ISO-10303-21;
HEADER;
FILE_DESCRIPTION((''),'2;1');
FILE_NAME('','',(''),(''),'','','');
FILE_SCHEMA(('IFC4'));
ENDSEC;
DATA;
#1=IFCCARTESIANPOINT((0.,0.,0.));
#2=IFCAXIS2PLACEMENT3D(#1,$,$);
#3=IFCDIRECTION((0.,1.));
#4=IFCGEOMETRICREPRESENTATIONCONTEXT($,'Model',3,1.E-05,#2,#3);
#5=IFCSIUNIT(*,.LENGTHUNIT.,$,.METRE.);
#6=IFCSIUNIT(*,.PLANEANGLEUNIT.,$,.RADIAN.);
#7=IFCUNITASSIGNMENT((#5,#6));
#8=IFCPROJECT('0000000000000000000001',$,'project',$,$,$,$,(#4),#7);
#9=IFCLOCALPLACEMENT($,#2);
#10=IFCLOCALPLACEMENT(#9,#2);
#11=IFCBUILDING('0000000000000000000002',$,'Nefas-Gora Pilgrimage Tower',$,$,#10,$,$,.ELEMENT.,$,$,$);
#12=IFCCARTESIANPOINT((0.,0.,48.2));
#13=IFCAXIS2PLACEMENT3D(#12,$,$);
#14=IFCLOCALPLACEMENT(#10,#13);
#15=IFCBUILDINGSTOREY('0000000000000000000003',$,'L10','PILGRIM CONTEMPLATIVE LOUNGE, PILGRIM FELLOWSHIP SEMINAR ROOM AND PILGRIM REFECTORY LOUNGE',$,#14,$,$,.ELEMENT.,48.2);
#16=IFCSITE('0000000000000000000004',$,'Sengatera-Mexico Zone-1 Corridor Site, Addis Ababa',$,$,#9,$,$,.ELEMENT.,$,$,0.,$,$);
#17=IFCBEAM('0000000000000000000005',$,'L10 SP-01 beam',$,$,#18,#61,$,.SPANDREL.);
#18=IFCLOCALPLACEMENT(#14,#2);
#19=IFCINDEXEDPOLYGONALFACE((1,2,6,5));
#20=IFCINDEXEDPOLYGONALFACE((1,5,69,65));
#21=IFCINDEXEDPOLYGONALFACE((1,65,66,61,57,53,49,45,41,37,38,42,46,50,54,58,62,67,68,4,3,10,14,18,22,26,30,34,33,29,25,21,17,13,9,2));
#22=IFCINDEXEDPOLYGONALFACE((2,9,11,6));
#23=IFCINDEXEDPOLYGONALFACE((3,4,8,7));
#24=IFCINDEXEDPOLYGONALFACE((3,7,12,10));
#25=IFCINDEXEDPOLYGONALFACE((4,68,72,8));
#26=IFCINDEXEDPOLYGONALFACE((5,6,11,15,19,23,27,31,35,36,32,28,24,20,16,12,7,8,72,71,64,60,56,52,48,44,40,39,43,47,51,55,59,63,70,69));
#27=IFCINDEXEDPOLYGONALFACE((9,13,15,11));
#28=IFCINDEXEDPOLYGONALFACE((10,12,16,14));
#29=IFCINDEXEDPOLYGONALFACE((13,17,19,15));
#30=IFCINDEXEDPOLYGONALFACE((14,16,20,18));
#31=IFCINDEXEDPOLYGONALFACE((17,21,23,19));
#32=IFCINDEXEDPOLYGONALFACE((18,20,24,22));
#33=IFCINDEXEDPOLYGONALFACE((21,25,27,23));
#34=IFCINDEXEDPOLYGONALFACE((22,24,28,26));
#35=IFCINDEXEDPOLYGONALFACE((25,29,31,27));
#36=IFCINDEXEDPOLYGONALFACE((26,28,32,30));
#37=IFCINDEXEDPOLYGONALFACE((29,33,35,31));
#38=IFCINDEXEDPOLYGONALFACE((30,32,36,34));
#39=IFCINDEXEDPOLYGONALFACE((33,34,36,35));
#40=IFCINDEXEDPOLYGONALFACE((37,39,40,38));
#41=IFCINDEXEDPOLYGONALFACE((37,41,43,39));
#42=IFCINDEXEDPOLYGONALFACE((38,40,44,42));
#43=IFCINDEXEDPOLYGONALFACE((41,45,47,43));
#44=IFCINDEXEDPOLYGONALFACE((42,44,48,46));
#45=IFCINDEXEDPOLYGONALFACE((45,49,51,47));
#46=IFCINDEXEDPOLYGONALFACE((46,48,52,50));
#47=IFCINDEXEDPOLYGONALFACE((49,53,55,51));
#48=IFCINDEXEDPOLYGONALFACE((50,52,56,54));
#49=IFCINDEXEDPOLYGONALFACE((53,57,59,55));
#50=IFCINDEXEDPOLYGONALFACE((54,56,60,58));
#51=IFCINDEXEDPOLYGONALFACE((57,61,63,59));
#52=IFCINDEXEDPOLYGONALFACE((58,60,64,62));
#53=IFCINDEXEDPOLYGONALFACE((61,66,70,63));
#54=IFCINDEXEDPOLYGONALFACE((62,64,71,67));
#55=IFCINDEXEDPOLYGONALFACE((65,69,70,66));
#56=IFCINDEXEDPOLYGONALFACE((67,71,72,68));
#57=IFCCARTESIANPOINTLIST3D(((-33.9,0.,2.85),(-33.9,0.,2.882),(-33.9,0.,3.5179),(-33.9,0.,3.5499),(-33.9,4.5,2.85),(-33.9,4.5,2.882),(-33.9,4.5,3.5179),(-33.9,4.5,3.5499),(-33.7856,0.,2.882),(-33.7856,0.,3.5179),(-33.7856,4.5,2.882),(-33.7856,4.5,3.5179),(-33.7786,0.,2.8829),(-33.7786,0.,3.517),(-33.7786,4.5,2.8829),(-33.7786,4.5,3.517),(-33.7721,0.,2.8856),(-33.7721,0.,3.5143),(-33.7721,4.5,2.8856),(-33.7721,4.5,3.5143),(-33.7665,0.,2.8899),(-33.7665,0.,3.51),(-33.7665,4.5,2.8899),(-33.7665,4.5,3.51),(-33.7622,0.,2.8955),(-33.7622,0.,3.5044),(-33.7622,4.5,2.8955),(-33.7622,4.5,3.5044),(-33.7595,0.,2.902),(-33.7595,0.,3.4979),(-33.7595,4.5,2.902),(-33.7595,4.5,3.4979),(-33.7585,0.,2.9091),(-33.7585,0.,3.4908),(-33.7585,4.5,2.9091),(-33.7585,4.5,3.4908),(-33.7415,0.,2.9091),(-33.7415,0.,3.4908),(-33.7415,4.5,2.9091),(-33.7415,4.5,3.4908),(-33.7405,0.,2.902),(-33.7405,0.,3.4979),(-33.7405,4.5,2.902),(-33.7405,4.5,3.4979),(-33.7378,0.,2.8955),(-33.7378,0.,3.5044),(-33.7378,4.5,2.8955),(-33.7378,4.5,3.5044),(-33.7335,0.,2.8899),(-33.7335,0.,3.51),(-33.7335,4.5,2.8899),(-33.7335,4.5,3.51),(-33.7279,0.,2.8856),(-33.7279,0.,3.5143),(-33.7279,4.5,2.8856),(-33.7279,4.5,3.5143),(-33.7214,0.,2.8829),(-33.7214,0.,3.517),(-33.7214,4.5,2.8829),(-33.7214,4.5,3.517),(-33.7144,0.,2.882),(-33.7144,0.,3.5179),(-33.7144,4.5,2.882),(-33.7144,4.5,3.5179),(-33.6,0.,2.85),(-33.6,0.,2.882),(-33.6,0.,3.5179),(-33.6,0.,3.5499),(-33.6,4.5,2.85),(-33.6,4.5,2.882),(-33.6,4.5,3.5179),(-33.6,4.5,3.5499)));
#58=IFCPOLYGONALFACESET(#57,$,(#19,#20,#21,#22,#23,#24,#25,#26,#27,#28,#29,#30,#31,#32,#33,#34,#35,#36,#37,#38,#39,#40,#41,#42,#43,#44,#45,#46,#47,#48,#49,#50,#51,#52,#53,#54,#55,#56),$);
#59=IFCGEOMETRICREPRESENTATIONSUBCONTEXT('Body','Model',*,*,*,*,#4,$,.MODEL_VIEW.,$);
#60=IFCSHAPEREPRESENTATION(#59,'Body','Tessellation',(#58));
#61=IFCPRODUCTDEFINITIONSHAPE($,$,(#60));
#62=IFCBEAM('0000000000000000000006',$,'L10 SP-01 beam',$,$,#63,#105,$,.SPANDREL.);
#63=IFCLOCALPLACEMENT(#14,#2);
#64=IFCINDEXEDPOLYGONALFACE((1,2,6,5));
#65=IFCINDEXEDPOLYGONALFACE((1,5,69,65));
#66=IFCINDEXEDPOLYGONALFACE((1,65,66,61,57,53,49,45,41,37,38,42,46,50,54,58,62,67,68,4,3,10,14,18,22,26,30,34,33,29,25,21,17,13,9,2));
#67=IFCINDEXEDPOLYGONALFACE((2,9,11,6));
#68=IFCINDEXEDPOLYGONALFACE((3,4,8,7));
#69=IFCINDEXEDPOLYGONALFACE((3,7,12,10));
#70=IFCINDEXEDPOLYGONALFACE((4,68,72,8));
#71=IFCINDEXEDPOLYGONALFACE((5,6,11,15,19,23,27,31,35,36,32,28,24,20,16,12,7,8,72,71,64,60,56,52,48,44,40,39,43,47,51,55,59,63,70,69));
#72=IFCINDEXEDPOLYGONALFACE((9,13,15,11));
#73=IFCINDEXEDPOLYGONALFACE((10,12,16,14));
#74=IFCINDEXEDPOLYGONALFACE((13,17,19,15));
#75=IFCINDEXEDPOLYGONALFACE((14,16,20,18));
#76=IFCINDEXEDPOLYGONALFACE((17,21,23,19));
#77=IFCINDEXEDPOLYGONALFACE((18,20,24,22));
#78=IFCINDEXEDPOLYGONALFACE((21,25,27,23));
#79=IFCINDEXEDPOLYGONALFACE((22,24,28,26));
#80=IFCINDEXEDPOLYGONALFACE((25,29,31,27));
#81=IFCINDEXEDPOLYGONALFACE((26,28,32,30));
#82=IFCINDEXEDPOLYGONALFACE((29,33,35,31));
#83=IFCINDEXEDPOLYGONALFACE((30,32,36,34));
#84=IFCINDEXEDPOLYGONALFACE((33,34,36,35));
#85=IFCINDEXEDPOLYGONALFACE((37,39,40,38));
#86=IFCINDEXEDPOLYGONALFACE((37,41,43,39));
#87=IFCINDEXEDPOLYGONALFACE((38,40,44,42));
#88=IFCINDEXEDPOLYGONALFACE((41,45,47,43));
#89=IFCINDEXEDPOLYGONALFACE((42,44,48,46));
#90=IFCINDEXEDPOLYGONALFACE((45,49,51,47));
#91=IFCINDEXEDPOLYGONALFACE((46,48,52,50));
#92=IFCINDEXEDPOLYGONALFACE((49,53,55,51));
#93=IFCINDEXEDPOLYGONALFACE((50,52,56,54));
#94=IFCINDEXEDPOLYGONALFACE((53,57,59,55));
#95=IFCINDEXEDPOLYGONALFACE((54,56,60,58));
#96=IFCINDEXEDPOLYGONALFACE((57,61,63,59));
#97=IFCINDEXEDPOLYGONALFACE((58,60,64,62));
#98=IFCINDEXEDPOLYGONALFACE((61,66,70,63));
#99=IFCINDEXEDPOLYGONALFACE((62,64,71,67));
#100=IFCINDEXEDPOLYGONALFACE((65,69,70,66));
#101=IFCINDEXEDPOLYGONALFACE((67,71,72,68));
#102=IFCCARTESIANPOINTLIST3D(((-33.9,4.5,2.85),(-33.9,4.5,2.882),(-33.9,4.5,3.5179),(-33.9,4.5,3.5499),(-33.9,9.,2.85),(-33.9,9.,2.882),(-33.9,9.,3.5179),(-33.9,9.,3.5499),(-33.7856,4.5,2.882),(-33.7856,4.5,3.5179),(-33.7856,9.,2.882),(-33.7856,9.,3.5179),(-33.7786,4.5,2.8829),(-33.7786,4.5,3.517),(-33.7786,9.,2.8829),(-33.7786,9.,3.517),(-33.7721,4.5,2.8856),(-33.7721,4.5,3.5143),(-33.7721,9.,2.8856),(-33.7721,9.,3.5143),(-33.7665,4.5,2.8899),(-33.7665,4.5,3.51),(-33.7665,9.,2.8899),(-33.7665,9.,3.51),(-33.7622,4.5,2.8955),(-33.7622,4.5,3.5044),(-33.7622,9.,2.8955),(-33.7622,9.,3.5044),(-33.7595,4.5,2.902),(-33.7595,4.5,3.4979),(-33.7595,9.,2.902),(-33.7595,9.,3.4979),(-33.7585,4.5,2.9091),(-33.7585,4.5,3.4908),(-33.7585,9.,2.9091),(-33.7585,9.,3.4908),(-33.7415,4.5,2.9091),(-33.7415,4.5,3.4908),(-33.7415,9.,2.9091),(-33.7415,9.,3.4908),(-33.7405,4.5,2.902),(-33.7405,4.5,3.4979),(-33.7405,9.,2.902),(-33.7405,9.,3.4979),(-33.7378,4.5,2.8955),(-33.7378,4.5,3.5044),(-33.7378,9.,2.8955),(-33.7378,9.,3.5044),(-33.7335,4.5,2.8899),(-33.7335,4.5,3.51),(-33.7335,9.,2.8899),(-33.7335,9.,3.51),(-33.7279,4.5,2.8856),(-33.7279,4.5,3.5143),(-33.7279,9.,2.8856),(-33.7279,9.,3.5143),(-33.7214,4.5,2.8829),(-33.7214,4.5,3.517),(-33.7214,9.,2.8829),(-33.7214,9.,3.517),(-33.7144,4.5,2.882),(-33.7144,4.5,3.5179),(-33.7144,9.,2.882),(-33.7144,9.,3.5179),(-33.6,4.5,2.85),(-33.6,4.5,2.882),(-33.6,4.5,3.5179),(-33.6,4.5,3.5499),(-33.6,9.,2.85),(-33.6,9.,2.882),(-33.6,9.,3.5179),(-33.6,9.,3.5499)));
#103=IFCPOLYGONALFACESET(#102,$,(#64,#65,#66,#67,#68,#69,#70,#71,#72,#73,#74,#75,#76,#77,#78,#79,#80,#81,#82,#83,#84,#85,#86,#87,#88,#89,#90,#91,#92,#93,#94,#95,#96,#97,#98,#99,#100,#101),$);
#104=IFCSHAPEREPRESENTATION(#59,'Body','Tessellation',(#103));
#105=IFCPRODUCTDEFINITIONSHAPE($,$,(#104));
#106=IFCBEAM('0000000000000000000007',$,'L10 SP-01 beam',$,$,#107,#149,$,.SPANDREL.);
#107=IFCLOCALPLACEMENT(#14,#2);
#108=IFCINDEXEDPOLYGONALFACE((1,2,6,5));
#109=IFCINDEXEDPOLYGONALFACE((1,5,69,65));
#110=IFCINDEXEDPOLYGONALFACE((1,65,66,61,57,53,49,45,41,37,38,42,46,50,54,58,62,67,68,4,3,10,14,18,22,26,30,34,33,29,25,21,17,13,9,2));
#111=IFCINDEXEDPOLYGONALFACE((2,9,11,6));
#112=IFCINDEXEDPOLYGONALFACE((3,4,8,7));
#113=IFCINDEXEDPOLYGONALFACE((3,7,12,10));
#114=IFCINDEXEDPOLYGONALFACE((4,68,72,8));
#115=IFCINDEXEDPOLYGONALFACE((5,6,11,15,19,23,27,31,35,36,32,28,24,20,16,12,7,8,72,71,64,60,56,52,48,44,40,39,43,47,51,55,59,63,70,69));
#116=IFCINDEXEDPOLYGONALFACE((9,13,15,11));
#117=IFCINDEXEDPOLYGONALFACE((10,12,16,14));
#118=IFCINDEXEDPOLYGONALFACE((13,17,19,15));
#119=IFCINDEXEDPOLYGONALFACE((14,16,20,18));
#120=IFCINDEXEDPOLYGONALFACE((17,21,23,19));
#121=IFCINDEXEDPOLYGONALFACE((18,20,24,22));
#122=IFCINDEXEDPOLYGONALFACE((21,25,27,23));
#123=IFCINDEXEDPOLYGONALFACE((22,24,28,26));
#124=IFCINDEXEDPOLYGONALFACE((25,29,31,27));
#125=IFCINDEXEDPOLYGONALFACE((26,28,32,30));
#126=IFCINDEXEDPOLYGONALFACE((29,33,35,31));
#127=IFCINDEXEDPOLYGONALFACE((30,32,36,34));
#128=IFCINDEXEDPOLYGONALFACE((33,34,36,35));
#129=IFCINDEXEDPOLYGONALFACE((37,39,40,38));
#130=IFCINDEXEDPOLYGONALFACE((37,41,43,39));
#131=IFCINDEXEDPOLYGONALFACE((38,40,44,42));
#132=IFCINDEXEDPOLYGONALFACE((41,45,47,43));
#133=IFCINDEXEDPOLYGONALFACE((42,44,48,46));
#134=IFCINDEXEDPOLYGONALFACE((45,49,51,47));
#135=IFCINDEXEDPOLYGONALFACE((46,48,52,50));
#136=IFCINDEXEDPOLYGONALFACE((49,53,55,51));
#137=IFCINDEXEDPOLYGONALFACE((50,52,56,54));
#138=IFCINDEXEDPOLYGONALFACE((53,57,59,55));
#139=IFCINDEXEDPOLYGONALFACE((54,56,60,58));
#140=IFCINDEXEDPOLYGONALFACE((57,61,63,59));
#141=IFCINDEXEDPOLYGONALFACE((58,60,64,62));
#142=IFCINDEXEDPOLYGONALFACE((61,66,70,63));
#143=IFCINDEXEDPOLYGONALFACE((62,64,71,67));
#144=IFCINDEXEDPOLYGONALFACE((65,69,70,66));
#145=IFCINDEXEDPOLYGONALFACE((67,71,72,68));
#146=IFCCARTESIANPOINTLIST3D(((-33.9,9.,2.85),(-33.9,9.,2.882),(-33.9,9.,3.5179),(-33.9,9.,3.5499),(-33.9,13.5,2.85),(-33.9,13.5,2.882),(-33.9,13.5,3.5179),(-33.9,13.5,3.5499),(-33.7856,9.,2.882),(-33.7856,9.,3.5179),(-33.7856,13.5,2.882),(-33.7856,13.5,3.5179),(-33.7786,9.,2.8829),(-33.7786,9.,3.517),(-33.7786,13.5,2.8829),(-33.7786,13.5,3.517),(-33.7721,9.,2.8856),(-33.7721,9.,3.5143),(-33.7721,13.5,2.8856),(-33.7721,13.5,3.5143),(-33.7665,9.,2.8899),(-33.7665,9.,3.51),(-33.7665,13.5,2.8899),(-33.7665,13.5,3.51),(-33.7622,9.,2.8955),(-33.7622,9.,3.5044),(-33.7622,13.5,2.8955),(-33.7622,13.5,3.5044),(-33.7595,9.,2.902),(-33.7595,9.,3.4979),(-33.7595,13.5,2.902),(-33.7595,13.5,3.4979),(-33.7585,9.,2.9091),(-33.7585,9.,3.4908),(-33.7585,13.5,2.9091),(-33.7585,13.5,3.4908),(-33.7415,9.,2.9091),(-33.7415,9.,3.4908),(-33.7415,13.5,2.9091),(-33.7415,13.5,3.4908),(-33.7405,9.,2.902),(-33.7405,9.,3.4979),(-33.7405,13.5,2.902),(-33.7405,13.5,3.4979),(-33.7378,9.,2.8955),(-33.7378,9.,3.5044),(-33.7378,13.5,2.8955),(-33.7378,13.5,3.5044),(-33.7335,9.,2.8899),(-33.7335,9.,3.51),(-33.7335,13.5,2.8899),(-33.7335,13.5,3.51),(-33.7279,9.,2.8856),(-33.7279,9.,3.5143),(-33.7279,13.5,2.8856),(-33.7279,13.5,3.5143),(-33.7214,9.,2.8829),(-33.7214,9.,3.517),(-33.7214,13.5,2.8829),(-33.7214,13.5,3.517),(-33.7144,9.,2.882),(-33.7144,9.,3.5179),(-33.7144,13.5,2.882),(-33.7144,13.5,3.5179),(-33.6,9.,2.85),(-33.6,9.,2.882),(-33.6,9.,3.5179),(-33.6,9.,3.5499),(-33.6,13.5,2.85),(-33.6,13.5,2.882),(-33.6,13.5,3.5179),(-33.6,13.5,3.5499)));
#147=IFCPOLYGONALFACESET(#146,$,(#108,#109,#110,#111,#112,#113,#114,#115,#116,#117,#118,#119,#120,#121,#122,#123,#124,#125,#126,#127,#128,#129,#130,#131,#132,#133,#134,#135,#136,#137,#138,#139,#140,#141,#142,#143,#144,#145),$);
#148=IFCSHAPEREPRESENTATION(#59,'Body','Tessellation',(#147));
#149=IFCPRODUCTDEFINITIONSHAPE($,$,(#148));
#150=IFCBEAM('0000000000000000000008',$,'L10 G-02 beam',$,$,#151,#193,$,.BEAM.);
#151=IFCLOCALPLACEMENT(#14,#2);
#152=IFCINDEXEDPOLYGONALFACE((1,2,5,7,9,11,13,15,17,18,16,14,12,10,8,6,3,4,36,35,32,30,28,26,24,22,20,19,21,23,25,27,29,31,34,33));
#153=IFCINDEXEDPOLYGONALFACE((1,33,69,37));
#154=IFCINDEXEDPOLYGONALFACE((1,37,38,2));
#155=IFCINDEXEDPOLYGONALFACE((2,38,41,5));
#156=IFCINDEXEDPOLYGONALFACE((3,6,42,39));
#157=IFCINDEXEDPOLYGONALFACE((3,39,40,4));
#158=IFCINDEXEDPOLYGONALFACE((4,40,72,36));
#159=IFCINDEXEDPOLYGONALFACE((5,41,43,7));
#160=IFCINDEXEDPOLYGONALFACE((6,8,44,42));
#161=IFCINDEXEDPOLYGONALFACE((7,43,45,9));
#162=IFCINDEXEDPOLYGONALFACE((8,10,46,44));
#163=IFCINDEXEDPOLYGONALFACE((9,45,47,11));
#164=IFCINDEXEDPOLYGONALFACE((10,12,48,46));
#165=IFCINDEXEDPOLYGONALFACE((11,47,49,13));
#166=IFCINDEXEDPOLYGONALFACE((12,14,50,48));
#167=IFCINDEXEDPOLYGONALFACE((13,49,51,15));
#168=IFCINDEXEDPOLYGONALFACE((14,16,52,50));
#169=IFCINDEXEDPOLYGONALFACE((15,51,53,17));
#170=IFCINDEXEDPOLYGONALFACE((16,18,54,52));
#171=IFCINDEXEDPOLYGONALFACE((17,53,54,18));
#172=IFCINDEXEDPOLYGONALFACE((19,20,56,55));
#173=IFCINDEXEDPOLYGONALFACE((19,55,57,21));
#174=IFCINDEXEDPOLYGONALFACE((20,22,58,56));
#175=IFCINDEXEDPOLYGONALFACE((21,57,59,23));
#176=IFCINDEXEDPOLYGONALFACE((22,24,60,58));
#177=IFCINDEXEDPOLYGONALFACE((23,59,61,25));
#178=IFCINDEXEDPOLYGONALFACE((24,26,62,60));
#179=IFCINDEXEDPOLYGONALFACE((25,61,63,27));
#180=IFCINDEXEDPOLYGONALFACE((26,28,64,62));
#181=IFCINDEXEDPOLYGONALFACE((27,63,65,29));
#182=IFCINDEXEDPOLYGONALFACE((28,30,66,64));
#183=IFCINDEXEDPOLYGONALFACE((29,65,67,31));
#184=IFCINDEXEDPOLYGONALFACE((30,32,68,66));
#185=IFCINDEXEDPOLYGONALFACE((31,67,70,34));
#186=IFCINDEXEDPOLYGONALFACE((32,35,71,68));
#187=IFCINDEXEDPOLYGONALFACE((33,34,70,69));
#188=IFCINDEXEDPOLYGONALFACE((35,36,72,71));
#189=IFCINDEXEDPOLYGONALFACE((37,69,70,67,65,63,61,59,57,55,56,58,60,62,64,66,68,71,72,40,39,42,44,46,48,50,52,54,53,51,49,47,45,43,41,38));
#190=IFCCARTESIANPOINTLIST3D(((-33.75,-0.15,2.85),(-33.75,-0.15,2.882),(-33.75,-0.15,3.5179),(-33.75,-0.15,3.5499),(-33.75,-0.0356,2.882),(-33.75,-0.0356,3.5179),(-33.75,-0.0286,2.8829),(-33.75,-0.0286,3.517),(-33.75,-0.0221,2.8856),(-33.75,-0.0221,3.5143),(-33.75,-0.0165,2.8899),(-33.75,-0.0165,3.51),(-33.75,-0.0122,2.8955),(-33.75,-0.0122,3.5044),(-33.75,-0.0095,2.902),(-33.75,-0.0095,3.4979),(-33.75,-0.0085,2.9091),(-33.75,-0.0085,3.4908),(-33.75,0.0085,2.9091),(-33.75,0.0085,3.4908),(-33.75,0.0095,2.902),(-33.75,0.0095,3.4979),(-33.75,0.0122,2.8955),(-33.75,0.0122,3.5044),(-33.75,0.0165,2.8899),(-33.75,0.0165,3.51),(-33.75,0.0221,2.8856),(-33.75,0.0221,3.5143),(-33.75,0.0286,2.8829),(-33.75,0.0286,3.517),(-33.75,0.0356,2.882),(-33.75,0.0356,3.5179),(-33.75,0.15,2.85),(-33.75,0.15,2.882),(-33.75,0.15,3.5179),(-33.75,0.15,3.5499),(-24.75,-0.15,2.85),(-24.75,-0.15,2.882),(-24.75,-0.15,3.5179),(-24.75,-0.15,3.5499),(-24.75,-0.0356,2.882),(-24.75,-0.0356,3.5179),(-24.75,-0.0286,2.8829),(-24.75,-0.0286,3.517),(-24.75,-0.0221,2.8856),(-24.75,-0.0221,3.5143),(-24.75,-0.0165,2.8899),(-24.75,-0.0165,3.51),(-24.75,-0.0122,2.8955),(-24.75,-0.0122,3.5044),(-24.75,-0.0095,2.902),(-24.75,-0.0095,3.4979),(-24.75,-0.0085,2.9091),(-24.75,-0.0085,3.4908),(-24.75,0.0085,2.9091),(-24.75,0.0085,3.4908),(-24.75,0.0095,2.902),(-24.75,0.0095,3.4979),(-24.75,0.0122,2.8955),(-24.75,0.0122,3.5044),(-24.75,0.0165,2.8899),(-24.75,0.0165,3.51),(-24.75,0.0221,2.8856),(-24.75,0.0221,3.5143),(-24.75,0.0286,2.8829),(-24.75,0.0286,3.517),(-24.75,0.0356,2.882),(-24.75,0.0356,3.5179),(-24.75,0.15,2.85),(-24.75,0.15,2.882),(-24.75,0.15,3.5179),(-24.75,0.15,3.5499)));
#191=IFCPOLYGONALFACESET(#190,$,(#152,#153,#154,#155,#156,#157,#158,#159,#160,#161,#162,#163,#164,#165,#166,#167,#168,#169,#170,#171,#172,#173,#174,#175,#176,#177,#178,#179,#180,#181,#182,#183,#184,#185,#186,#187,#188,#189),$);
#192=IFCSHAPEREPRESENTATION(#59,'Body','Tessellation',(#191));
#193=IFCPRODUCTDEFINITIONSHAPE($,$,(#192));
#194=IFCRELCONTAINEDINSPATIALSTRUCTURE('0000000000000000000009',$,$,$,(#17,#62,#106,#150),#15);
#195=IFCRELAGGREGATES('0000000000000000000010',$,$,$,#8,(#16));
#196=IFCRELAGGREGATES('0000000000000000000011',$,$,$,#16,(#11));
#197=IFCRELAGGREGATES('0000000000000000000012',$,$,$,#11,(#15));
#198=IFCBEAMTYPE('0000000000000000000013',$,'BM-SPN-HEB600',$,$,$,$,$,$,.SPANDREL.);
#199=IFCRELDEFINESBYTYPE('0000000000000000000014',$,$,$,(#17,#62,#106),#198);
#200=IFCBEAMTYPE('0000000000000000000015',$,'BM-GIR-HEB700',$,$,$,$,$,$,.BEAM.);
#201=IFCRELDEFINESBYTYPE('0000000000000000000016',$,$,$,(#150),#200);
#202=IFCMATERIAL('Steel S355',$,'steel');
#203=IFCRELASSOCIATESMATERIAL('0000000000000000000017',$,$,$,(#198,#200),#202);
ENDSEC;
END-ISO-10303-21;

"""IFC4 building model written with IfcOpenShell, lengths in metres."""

from ifc_helpers import new_model, si_unit, direction, frame, origin, origin_2d, place, context, subcontext, project, spatial, i_section, extrude, source, transform, mapped, material, material_profile, profile_set, type_object, element, save


model = new_model("IFC4")

# Units and contexts
model_context = context("Model", 3, precision=1e-05, world=origin(), true_north=direction((0.0, 1.0)))
body_context = subcontext(model_context, "Body", "Model", "MODEL_VIEW")
ifc_project = project(units=[si_unit("LENGTHUNIT", "METRE"), si_unit("PLANEANGLEUNIT", "RADIAN")], contexts=[model_context])

# Site, building, storey
site_placement = place(None, origin())
site = spatial("IfcSite", under=ifc_project, at=site_placement, Name="Sengatera-Mexico Zone-1 Corridor Site, Addis Ababa", CompositionType="ELEMENT", RefElevation=0.0)
building_placement = place(site_placement, origin())
building = spatial("IfcBuilding", under=site, at=building_placement, Name="Nefas-Gora Pilgrimage Tower", CompositionType="ELEMENT")
storey_placement = place(building_placement, frame((0.0, 0.0, 48.2)))
storey = spatial("IfcBuildingStorey", under=building, at=storey_placement, Name="L10", Description="PILGRIM CONTEMPLATIVE LOUNGE, PILGRIM FELLOWSHIP SEMINAR ROOM AND PILGRIM REFECTORY LOUNGE", CompositionType="ELEMENT", Elevation=48.2)

# Beams
ifc_material_1 = material(Name="Steel S355", Category="steel")
ifc_material_profile_1 = material_profile(ifc_material_1, i_section(OverallWidth=0.3, OverallDepth=0.7, WebThickness=0.0171, FlangeThickness=0.032, FilletRadius=0.0271, at=origin_2d()), Name="HEB 700")
ifc_profile_set_1 = profile_set([ifc_material_profile_1], Name="Steel S355")
beam_type_1 = type_object("IfcBeamType", Name="BM-SPN-HEB600", PredefinedType="SPANDREL", material=ifc_profile_set_1)
shared_shape_1 = source(origin(), body_context, "Body", "SweptSolid", [
    extrude(i_section(OverallWidth=0.3, OverallDepth=0.7, WebThickness=0.0171, FlangeThickness=0.032, FilletRadius=0.0271, at=origin_2d()), origin(), (0.0, 0.0, 1.0), 4.5),
])
for number, where, z_axis, x_axis, name in (
    (1, (-33.75, 0.0, 3.2), (0.0, 1.0, 0.0), (-1.0, 0.0, 0.0), "L10 SP-01 beam"),
    (2, (-33.75, 4.5, 3.2), (0.0, 1.0, 0.0), (-1.0, 0.0, 0.0), "L10 SP-01 beam"),
    (3, (-33.75, 9.0, 3.2), (0.0, 1.0, 0.0), (-1.0, 0.0, 0.0), "L10 SP-01 beam"),
):
    element("IfcBeam", number, at=place(storey_placement, frame(where, z_axis=z_axis, x_axis=x_axis)), inside=storey, type_object=beam_type_1, Name=name, PredefinedType="SPANDREL", context=body_context, shape_type="MappedRepresentation", body=[
        mapped(shared_shape_1, transform((0.0, 0.0, 0.0), x_axis=(1.0, 0.0, 0.0), y_axis=(0.0, 1.0, 0.0), z_axis=(0.0, 0.0, 1.0), scale=1.0)),
    ])
ifc_material_profile_2 = material_profile(ifc_material_1, i_section(OverallWidth=0.3, OverallDepth=0.7, WebThickness=0.0171, FlangeThickness=0.032, FilletRadius=0.0271, at=origin_2d()), Name="HEB 700")
ifc_profile_set_2 = profile_set([ifc_material_profile_2], Name="Steel S355")
beam_type_2 = type_object("IfcBeamType", Name="BM-GIR-HEB700", PredefinedType="BEAM", material=ifc_profile_set_2)
shared_shape_2 = source(origin(), body_context, "Body", "SweptSolid", [
    extrude(i_section(OverallWidth=0.3, OverallDepth=0.7, WebThickness=0.0171, FlangeThickness=0.032, FilletRadius=0.0271, at=origin_2d()), origin(), (0.0, 0.0, 1.0), 9.0),
])
for number, where, z_axis, x_axis, name in (
    (4, (-33.75, 0.0, 3.2), (1.0, 0.0, 0.0), (0.0, 1.0, 0.0), "L10 G-02 beam"),
):
    element("IfcBeam", number, at=place(storey_placement, frame(where, z_axis=z_axis, x_axis=x_axis)), inside=storey, type_object=beam_type_2, Name=name, PredefinedType="BEAM", context=body_context, shape_type="MappedRepresentation", body=[
        mapped(shared_shape_2, transform((0.0, 0.0, 0.0), x_axis=(1.0, 0.0, 0.0), y_axis=(0.0, 1.0, 0.0), z_axis=(0.0, 0.0, 1.0), scale=1.0)),
    ])

save(model, "model.ifc")
